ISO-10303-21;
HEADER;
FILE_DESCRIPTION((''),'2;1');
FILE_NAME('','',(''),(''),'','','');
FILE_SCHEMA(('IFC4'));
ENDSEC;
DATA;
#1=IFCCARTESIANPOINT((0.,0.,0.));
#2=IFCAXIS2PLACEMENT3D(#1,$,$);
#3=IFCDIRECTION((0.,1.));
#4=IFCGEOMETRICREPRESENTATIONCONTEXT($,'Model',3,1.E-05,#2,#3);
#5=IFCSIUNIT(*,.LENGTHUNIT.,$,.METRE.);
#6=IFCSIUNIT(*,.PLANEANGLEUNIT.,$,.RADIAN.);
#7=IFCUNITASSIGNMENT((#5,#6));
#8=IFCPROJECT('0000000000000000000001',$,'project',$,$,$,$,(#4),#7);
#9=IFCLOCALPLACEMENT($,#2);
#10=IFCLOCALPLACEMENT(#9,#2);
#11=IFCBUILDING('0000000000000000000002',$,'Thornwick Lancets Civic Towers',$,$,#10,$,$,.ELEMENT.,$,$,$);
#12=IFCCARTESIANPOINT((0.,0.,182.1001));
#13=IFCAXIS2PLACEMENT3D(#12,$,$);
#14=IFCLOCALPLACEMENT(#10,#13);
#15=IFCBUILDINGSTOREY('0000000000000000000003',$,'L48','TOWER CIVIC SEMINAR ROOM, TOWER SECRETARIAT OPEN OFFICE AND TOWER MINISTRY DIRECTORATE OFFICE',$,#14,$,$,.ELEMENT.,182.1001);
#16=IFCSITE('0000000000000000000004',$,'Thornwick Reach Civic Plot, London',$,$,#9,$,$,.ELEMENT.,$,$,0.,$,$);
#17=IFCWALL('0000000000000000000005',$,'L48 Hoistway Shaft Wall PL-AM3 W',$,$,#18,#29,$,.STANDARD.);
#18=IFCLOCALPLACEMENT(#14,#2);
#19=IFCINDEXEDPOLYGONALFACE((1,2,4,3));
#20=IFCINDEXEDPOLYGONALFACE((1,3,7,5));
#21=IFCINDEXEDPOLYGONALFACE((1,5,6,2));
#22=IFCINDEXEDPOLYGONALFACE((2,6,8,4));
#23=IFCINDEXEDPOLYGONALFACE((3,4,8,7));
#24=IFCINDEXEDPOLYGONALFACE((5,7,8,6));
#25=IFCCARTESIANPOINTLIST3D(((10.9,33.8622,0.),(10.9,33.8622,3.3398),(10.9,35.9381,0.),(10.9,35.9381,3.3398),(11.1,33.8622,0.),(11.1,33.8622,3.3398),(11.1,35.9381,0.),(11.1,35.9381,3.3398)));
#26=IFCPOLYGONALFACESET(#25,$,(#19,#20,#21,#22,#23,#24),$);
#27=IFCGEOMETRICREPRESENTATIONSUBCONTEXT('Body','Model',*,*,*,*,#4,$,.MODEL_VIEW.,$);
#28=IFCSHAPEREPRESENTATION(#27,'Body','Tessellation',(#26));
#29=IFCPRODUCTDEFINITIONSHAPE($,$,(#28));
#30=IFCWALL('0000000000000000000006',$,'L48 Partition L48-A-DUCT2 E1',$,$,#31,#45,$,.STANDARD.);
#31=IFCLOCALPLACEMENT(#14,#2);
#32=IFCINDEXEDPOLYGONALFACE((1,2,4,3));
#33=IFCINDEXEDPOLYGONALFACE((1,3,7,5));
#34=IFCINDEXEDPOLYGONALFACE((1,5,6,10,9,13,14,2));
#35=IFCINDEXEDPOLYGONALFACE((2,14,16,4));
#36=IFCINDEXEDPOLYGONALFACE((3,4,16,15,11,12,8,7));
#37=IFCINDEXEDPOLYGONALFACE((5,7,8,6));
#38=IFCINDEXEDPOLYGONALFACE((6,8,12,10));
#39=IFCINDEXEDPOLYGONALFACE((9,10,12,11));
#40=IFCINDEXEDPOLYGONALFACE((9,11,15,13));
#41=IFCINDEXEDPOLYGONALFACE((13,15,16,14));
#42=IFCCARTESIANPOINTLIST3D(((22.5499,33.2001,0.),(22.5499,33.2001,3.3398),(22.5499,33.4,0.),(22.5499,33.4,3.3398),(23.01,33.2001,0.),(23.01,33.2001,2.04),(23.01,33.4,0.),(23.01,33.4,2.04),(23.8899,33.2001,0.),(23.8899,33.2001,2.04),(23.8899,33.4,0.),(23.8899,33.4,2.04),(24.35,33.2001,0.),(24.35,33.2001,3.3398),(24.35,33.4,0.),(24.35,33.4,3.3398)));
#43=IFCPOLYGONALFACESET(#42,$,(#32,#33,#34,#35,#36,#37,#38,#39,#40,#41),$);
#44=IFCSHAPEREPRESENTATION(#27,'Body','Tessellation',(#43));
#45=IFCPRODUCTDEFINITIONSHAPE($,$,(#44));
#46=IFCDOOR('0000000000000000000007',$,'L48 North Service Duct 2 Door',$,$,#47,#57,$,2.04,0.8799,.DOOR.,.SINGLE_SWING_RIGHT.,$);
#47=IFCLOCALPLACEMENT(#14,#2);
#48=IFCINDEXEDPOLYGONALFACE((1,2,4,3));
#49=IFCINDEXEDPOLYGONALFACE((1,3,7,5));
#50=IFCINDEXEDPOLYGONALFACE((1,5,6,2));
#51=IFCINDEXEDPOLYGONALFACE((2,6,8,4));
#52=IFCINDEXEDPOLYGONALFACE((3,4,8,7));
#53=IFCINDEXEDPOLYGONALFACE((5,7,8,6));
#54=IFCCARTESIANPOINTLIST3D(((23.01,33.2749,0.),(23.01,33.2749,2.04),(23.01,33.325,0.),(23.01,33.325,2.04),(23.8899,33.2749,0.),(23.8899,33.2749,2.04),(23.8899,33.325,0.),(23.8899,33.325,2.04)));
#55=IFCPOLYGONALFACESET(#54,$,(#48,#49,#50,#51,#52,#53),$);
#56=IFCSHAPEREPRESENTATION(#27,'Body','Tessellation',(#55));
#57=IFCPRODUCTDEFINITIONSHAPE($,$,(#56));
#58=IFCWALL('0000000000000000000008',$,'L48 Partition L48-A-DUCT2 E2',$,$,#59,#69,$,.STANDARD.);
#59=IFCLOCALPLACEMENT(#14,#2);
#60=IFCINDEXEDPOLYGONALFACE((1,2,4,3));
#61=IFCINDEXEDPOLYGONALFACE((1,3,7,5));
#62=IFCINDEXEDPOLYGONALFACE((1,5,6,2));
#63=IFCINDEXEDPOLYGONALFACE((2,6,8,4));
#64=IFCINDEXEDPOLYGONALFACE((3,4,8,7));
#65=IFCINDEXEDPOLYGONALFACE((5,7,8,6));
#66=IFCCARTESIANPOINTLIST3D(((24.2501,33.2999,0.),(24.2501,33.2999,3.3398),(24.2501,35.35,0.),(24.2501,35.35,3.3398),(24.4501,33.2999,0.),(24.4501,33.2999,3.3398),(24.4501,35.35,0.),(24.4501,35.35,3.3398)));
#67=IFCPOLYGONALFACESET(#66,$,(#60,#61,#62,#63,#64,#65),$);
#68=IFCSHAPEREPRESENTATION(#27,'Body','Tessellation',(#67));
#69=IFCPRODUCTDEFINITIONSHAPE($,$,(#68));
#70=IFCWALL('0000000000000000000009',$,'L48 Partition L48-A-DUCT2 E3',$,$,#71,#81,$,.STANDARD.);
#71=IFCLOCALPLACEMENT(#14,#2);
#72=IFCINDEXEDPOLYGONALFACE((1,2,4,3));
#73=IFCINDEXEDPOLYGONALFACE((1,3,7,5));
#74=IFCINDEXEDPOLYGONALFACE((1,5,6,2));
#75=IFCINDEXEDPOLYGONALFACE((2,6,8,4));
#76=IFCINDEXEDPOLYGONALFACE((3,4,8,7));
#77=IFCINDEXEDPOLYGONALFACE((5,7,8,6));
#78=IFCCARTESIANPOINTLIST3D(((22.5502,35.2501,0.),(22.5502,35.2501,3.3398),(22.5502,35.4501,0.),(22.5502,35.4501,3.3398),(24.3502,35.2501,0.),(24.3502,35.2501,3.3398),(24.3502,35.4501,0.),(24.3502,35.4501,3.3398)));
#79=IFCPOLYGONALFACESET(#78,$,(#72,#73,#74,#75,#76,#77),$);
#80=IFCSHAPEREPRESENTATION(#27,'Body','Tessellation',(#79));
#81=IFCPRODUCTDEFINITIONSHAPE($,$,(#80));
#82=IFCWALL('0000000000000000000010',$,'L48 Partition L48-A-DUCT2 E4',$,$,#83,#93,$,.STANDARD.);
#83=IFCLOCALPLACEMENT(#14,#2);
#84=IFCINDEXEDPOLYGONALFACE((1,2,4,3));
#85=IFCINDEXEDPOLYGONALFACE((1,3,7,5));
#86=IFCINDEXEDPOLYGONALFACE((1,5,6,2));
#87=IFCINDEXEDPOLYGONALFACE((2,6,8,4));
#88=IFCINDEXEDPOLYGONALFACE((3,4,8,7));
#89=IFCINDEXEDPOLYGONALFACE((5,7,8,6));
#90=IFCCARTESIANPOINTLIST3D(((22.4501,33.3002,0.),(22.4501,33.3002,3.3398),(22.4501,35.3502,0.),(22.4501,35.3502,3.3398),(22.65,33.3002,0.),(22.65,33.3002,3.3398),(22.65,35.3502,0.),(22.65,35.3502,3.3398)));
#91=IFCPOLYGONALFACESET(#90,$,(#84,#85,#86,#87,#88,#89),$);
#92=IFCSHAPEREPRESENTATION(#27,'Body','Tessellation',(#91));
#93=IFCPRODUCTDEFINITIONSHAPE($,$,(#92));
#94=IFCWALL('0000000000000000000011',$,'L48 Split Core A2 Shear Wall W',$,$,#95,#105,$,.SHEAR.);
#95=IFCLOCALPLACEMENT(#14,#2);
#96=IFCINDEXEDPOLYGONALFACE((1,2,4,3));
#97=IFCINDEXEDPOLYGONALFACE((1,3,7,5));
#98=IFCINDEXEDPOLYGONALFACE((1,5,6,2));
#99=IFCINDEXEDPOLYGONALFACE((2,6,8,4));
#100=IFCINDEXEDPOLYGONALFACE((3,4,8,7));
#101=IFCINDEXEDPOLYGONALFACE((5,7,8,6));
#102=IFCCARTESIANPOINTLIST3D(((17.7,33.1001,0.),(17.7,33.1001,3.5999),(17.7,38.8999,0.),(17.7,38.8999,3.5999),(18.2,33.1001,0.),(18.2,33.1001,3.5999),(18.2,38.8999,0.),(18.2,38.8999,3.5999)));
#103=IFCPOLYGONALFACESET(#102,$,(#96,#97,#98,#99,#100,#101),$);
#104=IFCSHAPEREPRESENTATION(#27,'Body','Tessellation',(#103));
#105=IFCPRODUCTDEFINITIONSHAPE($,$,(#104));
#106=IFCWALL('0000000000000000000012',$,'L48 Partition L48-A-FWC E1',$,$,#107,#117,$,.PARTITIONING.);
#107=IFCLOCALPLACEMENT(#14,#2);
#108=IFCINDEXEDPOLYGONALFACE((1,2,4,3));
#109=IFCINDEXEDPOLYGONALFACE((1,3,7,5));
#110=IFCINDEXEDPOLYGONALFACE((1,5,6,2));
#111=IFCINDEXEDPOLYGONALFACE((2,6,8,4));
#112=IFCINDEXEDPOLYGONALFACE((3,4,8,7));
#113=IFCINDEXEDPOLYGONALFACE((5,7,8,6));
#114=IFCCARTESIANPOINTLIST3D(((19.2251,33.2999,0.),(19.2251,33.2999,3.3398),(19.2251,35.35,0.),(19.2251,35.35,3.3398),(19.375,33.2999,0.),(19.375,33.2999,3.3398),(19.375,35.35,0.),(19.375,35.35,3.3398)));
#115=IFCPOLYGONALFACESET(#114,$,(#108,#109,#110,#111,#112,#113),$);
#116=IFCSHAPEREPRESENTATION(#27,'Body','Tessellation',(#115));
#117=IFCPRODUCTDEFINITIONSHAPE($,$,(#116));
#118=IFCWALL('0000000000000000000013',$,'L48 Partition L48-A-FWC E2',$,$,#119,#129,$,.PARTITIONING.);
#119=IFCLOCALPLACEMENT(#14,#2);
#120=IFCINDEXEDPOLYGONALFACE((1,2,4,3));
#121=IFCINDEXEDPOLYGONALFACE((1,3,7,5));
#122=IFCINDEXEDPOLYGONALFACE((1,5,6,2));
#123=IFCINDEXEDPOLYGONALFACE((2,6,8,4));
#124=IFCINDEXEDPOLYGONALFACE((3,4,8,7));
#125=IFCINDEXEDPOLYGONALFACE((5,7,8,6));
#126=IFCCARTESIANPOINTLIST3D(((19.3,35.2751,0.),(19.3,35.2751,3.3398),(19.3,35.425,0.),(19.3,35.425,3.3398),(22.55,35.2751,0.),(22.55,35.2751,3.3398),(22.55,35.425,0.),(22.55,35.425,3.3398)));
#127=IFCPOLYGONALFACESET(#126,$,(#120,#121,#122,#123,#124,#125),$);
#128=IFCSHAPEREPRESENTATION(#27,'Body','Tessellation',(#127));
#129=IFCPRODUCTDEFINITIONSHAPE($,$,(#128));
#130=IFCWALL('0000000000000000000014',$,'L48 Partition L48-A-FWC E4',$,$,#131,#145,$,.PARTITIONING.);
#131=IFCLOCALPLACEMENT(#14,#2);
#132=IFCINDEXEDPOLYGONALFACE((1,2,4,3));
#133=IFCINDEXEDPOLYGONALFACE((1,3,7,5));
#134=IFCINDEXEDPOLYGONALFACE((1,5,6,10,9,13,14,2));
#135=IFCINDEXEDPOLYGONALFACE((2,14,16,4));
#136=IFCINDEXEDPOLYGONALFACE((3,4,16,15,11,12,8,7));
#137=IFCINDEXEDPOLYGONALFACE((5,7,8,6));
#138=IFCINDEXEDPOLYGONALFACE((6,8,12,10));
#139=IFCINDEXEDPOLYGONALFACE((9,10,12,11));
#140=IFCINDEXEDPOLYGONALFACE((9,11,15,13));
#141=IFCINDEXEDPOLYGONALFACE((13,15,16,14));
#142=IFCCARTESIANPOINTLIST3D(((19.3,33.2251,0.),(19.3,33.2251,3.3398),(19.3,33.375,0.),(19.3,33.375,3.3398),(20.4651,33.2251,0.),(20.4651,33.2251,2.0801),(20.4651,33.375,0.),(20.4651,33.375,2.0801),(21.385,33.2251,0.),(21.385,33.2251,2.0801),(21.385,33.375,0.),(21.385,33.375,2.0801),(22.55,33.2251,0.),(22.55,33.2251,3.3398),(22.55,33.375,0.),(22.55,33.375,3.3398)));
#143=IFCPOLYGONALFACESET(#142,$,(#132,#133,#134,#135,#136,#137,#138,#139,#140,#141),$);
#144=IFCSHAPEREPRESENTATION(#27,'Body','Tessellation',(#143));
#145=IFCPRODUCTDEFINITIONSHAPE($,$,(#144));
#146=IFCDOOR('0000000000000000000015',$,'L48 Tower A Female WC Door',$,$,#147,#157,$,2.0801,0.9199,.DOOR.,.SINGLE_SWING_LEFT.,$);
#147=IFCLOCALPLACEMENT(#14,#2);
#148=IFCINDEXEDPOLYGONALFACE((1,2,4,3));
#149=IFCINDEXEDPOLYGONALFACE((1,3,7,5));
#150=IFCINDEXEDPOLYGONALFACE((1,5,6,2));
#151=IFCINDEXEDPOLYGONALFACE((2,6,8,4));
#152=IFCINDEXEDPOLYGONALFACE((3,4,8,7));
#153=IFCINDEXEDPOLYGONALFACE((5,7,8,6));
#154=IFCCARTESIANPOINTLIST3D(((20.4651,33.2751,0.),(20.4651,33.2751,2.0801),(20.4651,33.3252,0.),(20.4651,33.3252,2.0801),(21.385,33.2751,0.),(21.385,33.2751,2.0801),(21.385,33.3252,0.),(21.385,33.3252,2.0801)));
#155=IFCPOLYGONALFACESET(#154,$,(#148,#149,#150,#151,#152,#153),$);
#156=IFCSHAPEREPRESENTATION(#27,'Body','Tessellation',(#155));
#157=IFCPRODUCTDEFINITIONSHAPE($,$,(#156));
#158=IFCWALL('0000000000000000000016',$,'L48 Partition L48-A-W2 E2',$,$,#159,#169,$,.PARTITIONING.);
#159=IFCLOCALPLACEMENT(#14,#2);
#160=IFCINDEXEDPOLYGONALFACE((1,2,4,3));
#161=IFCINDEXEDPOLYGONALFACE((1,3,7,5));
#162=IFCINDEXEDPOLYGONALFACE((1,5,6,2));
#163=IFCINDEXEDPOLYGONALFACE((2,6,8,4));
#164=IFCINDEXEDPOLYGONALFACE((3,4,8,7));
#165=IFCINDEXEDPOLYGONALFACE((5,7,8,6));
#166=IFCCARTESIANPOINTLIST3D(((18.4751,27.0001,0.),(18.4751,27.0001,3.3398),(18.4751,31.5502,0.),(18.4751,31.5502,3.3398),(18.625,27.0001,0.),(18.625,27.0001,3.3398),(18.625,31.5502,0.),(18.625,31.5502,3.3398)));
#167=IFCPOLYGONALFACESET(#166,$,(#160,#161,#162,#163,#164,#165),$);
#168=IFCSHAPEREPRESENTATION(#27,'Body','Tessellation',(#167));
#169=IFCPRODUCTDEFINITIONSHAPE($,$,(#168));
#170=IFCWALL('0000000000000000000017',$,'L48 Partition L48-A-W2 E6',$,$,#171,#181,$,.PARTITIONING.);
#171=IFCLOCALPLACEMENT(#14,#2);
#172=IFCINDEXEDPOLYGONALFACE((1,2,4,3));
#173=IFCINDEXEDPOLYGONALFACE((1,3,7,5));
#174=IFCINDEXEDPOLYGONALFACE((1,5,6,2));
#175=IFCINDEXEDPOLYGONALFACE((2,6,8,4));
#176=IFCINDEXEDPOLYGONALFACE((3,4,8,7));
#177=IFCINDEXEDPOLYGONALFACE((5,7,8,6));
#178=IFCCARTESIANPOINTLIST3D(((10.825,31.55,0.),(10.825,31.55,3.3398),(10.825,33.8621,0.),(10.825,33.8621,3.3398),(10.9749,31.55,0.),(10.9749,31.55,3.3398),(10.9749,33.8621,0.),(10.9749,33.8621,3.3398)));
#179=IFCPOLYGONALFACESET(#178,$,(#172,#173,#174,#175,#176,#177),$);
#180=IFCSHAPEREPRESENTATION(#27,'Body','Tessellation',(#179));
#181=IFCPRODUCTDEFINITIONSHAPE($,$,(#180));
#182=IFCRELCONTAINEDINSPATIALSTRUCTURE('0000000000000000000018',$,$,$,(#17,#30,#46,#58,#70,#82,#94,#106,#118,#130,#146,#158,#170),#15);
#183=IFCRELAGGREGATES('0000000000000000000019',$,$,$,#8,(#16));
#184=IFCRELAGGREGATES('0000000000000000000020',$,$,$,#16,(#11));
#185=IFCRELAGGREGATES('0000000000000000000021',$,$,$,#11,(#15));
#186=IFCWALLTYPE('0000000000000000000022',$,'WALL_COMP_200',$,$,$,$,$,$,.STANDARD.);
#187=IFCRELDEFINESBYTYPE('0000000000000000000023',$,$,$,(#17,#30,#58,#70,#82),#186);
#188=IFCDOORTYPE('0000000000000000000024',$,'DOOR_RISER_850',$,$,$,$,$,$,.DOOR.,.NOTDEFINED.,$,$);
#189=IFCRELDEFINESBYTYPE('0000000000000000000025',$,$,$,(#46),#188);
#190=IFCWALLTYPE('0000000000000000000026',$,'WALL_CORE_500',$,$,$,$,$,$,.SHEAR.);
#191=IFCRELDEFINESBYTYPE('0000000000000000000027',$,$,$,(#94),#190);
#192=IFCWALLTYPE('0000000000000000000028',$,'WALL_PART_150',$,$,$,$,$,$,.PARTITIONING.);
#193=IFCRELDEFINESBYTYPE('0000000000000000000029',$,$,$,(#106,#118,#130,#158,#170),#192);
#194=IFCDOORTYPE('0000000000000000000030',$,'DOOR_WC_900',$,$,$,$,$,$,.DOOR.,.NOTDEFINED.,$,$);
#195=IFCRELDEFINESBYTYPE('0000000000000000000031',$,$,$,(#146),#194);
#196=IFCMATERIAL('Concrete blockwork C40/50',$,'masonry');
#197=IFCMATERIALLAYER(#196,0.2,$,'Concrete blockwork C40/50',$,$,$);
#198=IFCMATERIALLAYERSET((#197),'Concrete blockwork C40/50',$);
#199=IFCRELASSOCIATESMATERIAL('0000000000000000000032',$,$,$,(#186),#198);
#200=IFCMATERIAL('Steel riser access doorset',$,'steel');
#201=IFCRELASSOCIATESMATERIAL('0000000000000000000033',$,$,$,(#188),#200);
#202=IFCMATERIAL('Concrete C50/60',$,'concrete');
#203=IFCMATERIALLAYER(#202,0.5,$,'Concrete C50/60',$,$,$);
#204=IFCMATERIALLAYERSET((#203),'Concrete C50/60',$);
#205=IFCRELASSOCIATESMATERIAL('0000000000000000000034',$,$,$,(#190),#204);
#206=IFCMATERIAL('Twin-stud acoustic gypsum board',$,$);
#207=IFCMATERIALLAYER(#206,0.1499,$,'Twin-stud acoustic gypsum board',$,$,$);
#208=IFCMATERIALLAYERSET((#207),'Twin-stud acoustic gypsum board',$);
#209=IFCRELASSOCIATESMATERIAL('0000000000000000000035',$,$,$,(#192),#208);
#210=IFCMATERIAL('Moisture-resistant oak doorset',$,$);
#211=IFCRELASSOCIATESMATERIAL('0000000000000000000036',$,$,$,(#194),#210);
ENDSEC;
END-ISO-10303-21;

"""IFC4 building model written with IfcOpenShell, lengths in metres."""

from ifc_helpers import new_model, si_unit, direction, frame, frame_2d, origin, place, context, subcontext, project, spatial, rectangle, extrude, material, layer, layer_set, type_object, element, fill, save


model = new_model("IFC4")

# Units and contexts
model_context = context("Model", 3, precision=1e-05, world=origin(), true_north=direction((0.0, 1.0)))
body_context = subcontext(model_context, "Body", "Model", "MODEL_VIEW")
ifc_project = project(units=[si_unit("LENGTHUNIT", "METRE"), si_unit("PLANEANGLEUNIT", "RADIAN")], contexts=[model_context])

# Site, building, storey
site_placement = place(None, origin())
site = spatial("IfcSite", under=ifc_project, at=site_placement, Name="Thornwick Reach Civic Plot, London", CompositionType="ELEMENT", RefElevation=0.0)
building_placement = place(site_placement, origin())
building = spatial("IfcBuilding", under=site, at=building_placement, Name="Thornwick Lancets Civic Towers", CompositionType="ELEMENT")
storey_placement = place(building_placement, frame((0.0, 0.0, 182.1001)))
storey = spatial("IfcBuildingStorey", under=building, at=storey_placement, Name="L48", Description="TOWER CIVIC SEMINAR ROOM, TOWER SECRETARIAT OPEN OFFICE AND TOWER MINISTRY DIRECTORATE OFFICE", CompositionType="ELEMENT", Elevation=182.1001)

# Shared definitions
ifc_material_1 = material(Name="Concrete C50/60", Category="concrete")

# Shared definitions
ifc_material_2 = material(Name="Concrete blockwork C40/50", Category="masonry")
ifc_layer_1 = layer(ifc_material_2, 0.2, Name="Concrete blockwork C40/50")
ifc_layer_set_1 = layer_set([ifc_layer_1], Name="Concrete blockwork C40/50")
wall_type_1 = type_object("IfcWallType", Name="WALL_COMP_200", PredefinedType="STANDARD", material=ifc_layer_set_1)

# Wall
wall_1_placement = place(storey_placement, frame((11.0, 33.8621, 0.0), z_axis=(0.0, 0.0, 1.0), x_axis=(0.0, 1.0, 0.0)))
element("IfcWall", 1, at=wall_1_placement, inside=storey, type_object=wall_type_1, Name="L48 Hoistway Shaft Wall PL-AM3 W", PredefinedType="STANDARD", context=body_context, shape_type="SweptSolid", body=[
    extrude(rectangle(XDim=2.0759, YDim=0.2, at=frame_2d((1.0381, 0.0))), origin(), (0.0, 0.0, 1.0), 3.3398),
])

# Wall, opening, door
wall_2_placement = place(storey_placement, frame((22.55, 33.3, 0.0), z_axis=(0.0, 0.0, 1.0), x_axis=(1.0, 0.0, 0.0)))
wall_2 = element("IfcWall", 2, at=wall_2_placement, inside=storey, type_object=wall_type_1, Name="L48 Partition L48-A-DUCT2 E1", PredefinedType="STANDARD", context=body_context, shape_type="SweptSolid", body=[
    extrude(rectangle(XDim=1.8, YDim=0.2, at=frame_2d((0.8999, 0.0))), origin(), (0.0, 0.0, 1.0), 3.3398),
])
opening_1_placement = place(wall_2_placement, frame((0.46, 0.0, 0.0)))
opening_1 = element("IfcOpeningElement", 3, at=opening_1_placement, cuts=wall_2, PredefinedType="OPENING", context=body_context, shape_type="SweptSolid", body=[
    extrude(rectangle(XDim=0.8799, YDim=2.04, at=frame_2d((0.4399, 1.02))), frame((0.0, 0.1099, 0.0), z_axis=(0.0, -1.0, 0.0), x_axis=(1.0, 0.0, 0.0)), (0.0, 0.0, 1.0), 0.22),
])
ifc_material_3 = material(Name="Steel riser access doorset", Category="steel")
door_type_1 = type_object("IfcDoorType", Name="DOOR_RISER_850", OperationType="NOTDEFINED", PredefinedType="DOOR", material=ifc_material_3)
door_1_placement = place(opening_1_placement, origin())
door_1 = element("IfcDoor", 4, at=door_1_placement, inside=storey, type_object=door_type_1, Name="L48 North Service Duct 2 Door", OperationType="SINGLE_SWING_RIGHT", OverallHeight=2.04, OverallWidth=0.8799, PredefinedType="DOOR", context=body_context, shape_type="SweptSolid", body=[
    extrude(rectangle(XDim=0.8799, YDim=2.04, at=frame_2d((0.4399, 1.02))), frame((0.0, 0.0249, 0.0), z_axis=(0.0, -1.0, 0.0), x_axis=(1.0, 0.0, 0.0)), (0.0, 0.0, 1.0), 0.05),
])
fill(opening_1, door_1)

# Walls
wall_3_placement = place(storey_placement, frame((24.3501, 33.3, 0.0), z_axis=(0.0, 0.0, 1.0), x_axis=(0.0, 1.0, 0.0)))
element("IfcWall", 5, at=wall_3_placement, inside=storey, type_object=wall_type_1, Name="L48 Partition L48-A-DUCT2 E2", PredefinedType="STANDARD", context=body_context, shape_type="SweptSolid", body=[
    extrude(rectangle(XDim=2.05, YDim=0.2, at=frame_2d((1.0249, 0.0))), origin(), (0.0, 0.0, 1.0), 3.3398),
])
wall_4_placement = place(storey_placement, frame((24.3501, 35.3501, 0.0), z_axis=(0.0, 0.0, 1.0), x_axis=(-1.0, 0.0, 0.0)))
element("IfcWall", 6, at=wall_4_placement, inside=storey, type_object=wall_type_1, Name="L48 Partition L48-A-DUCT2 E3", PredefinedType="STANDARD", context=body_context, shape_type="SweptSolid", body=[
    extrude(rectangle(XDim=1.8, YDim=0.2, at=frame_2d((0.8999, 0.0))), origin(), (0.0, 0.0, 1.0), 3.3398),
])
wall_5_placement = place(storey_placement, frame((22.55, 35.3501, 0.0), z_axis=(0.0, 0.0, 1.0), x_axis=(0.0, -1.0, 0.0)))
element("IfcWall", 7, at=wall_5_placement, inside=storey, type_object=wall_type_1, Name="L48 Partition L48-A-DUCT2 E4", PredefinedType="STANDARD", context=body_context, shape_type="SweptSolid", body=[
    extrude(rectangle(XDim=2.05, YDim=0.2, at=frame_2d((1.0249, 0.0))), origin(), (0.0, 0.0, 1.0), 3.3398),
])
ifc_layer_2 = layer(ifc_material_1, 0.5, Name="Concrete C50/60")
ifc_layer_set_2 = layer_set([ifc_layer_2], Name="Concrete C50/60")
wall_type_2 = type_object("IfcWallType", Name="WALL_CORE_500", PredefinedType="SHEAR", material=ifc_layer_set_2)
wall_6_placement = place(storey_placement, frame((17.95, 33.1001, 0.0), z_axis=(0.0, 0.0, 1.0), x_axis=(0.0, 1.0, 0.0)))
element("IfcWall", 8, at=wall_6_placement, inside=storey, type_object=wall_type_2, Name="L48 Split Core A2 Shear Wall W", PredefinedType="SHEAR", context=body_context, shape_type="SweptSolid", body=[
    extrude(rectangle(XDim=5.7998, YDim=0.5, at=frame_2d((2.8999, 0.0))), origin(), (0.0, 0.0, 1.0), 3.5999),
])
ifc_material_4 = material(Name="Twin-stud acoustic gypsum board")
ifc_layer_3 = layer(ifc_material_4, 0.1499, Name="Twin-stud acoustic gypsum board")
ifc_layer_set_3 = layer_set([ifc_layer_3], Name="Twin-stud acoustic gypsum board")
wall_type_3 = type_object("IfcWallType", Name="WALL_PART_150", PredefinedType="PARTITIONING", material=ifc_layer_set_3)
wall_7_placement = place(storey_placement, frame((19.3, 33.3, 0.0), z_axis=(0.0, 0.0, 1.0), x_axis=(0.0, 1.0, 0.0)))
element("IfcWall", 9, at=wall_7_placement, inside=storey, type_object=wall_type_3, Name="L48 Partition L48-A-FWC E1", PredefinedType="PARTITIONING", context=body_context, shape_type="SweptSolid", body=[
    extrude(rectangle(XDim=2.05, YDim=0.1499, at=frame_2d((1.0249, 0.0))), origin(), (0.0, 0.0, 1.0), 3.3398),
])
wall_8_placement = place(storey_placement, frame((19.3, 35.3501, 0.0), z_axis=(0.0, 0.0, 1.0), x_axis=(1.0, 0.0, 0.0)))
element("IfcWall", 10, at=wall_8_placement, inside=storey, type_object=wall_type_3, Name="L48 Partition L48-A-FWC E2", PredefinedType="PARTITIONING", context=body_context, shape_type="SweptSolid", body=[
    extrude(rectangle(XDim=3.25, YDim=0.1499, at=frame_2d((1.625, 0.0))), origin(), (0.0, 0.0, 1.0), 3.3398),
])

# Wall, opening, door
wall_9_placement = place(storey_placement, frame((22.55, 33.3, 0.0), z_axis=(0.0, 0.0, 1.0), x_axis=(-1.0, 0.0, 0.0)))
wall_9 = element("IfcWall", 11, at=wall_9_placement, inside=storey, type_object=wall_type_3, Name="L48 Partition L48-A-FWC E4", PredefinedType="PARTITIONING", context=body_context, shape_type="SweptSolid", body=[
    extrude(rectangle(XDim=3.25, YDim=0.1499, at=frame_2d((1.625, 0.0))), origin(), (0.0, 0.0, 1.0), 3.3398),
])
opening_2_placement = place(wall_9_placement, frame((1.165, 0.0, 0.0)))
opening_2 = element("IfcOpeningElement", 12, at=opening_2_placement, cuts=wall_9, PredefinedType="OPENING", context=body_context, shape_type="SweptSolid", body=[
    extrude(rectangle(XDim=0.9199, YDim=2.0801, at=frame_2d((0.46, 1.04))), frame((0.0, 0.085, 0.0), z_axis=(0.0, -1.0, 0.0), x_axis=(1.0, 0.0, 0.0)), (0.0, 0.0, 1.0), 0.1699),
])
ifc_material_5 = material(Name="Moisture-resistant oak doorset")
door_type_2 = type_object("IfcDoorType", Name="DOOR_WC_900", OperationType="NOTDEFINED", PredefinedType="DOOR", material=ifc_material_5)
door_2_placement = place(opening_2_placement, origin())
door_2 = element("IfcDoor", 13, at=door_2_placement, inside=storey, type_object=door_type_2, Name="L48 Tower A Female WC Door", OperationType="SINGLE_SWING_LEFT", OverallHeight=2.0801, OverallWidth=0.9199, PredefinedType="DOOR", context=body_context, shape_type="SweptSolid", body=[
    extrude(rectangle(XDim=0.9199, YDim=2.0801, at=frame_2d((0.46, 1.04))), frame((0.0, 0.0249, 0.0), z_axis=(0.0, -1.0, 0.0), x_axis=(1.0, 0.0, 0.0)), (0.0, 0.0, 1.0), 0.05),
])
fill(opening_2, door_2)

# Walls
wall_10_placement = place(storey_placement, frame((18.55, 31.55, 0.0), z_axis=(0.0, 0.0, 1.0), x_axis=(0.0, -1.0, 0.0)))
element("IfcWall", 14, at=wall_10_placement, inside=storey, type_object=wall_type_3, Name="L48 Partition L48-A-W2 E2", PredefinedType="PARTITIONING", context=body_context, shape_type="SweptSolid", body=[
    extrude(rectangle(XDim=4.55, YDim=0.1499, at=frame_2d((2.2749, 0.0))), origin(), (0.0, 0.0, 1.0), 3.3398),
])
wall_11_placement = place(storey_placement, frame((10.8999, 33.8621, 0.0), z_axis=(0.0, 0.0, 1.0), x_axis=(0.0, -1.0, 0.0)))
element("IfcWall", 15, at=wall_11_placement, inside=storey, type_object=wall_type_3, Name="L48 Partition L48-A-W2 E6", PredefinedType="PARTITIONING", context=body_context, shape_type="SweptSolid", body=[
    extrude(rectangle(XDim=2.312, YDim=0.1499, at=frame_2d((1.156, 0.0))), origin(), (0.0, 0.0, 1.0), 3.3398),
])

save(model, "model.ifc")
